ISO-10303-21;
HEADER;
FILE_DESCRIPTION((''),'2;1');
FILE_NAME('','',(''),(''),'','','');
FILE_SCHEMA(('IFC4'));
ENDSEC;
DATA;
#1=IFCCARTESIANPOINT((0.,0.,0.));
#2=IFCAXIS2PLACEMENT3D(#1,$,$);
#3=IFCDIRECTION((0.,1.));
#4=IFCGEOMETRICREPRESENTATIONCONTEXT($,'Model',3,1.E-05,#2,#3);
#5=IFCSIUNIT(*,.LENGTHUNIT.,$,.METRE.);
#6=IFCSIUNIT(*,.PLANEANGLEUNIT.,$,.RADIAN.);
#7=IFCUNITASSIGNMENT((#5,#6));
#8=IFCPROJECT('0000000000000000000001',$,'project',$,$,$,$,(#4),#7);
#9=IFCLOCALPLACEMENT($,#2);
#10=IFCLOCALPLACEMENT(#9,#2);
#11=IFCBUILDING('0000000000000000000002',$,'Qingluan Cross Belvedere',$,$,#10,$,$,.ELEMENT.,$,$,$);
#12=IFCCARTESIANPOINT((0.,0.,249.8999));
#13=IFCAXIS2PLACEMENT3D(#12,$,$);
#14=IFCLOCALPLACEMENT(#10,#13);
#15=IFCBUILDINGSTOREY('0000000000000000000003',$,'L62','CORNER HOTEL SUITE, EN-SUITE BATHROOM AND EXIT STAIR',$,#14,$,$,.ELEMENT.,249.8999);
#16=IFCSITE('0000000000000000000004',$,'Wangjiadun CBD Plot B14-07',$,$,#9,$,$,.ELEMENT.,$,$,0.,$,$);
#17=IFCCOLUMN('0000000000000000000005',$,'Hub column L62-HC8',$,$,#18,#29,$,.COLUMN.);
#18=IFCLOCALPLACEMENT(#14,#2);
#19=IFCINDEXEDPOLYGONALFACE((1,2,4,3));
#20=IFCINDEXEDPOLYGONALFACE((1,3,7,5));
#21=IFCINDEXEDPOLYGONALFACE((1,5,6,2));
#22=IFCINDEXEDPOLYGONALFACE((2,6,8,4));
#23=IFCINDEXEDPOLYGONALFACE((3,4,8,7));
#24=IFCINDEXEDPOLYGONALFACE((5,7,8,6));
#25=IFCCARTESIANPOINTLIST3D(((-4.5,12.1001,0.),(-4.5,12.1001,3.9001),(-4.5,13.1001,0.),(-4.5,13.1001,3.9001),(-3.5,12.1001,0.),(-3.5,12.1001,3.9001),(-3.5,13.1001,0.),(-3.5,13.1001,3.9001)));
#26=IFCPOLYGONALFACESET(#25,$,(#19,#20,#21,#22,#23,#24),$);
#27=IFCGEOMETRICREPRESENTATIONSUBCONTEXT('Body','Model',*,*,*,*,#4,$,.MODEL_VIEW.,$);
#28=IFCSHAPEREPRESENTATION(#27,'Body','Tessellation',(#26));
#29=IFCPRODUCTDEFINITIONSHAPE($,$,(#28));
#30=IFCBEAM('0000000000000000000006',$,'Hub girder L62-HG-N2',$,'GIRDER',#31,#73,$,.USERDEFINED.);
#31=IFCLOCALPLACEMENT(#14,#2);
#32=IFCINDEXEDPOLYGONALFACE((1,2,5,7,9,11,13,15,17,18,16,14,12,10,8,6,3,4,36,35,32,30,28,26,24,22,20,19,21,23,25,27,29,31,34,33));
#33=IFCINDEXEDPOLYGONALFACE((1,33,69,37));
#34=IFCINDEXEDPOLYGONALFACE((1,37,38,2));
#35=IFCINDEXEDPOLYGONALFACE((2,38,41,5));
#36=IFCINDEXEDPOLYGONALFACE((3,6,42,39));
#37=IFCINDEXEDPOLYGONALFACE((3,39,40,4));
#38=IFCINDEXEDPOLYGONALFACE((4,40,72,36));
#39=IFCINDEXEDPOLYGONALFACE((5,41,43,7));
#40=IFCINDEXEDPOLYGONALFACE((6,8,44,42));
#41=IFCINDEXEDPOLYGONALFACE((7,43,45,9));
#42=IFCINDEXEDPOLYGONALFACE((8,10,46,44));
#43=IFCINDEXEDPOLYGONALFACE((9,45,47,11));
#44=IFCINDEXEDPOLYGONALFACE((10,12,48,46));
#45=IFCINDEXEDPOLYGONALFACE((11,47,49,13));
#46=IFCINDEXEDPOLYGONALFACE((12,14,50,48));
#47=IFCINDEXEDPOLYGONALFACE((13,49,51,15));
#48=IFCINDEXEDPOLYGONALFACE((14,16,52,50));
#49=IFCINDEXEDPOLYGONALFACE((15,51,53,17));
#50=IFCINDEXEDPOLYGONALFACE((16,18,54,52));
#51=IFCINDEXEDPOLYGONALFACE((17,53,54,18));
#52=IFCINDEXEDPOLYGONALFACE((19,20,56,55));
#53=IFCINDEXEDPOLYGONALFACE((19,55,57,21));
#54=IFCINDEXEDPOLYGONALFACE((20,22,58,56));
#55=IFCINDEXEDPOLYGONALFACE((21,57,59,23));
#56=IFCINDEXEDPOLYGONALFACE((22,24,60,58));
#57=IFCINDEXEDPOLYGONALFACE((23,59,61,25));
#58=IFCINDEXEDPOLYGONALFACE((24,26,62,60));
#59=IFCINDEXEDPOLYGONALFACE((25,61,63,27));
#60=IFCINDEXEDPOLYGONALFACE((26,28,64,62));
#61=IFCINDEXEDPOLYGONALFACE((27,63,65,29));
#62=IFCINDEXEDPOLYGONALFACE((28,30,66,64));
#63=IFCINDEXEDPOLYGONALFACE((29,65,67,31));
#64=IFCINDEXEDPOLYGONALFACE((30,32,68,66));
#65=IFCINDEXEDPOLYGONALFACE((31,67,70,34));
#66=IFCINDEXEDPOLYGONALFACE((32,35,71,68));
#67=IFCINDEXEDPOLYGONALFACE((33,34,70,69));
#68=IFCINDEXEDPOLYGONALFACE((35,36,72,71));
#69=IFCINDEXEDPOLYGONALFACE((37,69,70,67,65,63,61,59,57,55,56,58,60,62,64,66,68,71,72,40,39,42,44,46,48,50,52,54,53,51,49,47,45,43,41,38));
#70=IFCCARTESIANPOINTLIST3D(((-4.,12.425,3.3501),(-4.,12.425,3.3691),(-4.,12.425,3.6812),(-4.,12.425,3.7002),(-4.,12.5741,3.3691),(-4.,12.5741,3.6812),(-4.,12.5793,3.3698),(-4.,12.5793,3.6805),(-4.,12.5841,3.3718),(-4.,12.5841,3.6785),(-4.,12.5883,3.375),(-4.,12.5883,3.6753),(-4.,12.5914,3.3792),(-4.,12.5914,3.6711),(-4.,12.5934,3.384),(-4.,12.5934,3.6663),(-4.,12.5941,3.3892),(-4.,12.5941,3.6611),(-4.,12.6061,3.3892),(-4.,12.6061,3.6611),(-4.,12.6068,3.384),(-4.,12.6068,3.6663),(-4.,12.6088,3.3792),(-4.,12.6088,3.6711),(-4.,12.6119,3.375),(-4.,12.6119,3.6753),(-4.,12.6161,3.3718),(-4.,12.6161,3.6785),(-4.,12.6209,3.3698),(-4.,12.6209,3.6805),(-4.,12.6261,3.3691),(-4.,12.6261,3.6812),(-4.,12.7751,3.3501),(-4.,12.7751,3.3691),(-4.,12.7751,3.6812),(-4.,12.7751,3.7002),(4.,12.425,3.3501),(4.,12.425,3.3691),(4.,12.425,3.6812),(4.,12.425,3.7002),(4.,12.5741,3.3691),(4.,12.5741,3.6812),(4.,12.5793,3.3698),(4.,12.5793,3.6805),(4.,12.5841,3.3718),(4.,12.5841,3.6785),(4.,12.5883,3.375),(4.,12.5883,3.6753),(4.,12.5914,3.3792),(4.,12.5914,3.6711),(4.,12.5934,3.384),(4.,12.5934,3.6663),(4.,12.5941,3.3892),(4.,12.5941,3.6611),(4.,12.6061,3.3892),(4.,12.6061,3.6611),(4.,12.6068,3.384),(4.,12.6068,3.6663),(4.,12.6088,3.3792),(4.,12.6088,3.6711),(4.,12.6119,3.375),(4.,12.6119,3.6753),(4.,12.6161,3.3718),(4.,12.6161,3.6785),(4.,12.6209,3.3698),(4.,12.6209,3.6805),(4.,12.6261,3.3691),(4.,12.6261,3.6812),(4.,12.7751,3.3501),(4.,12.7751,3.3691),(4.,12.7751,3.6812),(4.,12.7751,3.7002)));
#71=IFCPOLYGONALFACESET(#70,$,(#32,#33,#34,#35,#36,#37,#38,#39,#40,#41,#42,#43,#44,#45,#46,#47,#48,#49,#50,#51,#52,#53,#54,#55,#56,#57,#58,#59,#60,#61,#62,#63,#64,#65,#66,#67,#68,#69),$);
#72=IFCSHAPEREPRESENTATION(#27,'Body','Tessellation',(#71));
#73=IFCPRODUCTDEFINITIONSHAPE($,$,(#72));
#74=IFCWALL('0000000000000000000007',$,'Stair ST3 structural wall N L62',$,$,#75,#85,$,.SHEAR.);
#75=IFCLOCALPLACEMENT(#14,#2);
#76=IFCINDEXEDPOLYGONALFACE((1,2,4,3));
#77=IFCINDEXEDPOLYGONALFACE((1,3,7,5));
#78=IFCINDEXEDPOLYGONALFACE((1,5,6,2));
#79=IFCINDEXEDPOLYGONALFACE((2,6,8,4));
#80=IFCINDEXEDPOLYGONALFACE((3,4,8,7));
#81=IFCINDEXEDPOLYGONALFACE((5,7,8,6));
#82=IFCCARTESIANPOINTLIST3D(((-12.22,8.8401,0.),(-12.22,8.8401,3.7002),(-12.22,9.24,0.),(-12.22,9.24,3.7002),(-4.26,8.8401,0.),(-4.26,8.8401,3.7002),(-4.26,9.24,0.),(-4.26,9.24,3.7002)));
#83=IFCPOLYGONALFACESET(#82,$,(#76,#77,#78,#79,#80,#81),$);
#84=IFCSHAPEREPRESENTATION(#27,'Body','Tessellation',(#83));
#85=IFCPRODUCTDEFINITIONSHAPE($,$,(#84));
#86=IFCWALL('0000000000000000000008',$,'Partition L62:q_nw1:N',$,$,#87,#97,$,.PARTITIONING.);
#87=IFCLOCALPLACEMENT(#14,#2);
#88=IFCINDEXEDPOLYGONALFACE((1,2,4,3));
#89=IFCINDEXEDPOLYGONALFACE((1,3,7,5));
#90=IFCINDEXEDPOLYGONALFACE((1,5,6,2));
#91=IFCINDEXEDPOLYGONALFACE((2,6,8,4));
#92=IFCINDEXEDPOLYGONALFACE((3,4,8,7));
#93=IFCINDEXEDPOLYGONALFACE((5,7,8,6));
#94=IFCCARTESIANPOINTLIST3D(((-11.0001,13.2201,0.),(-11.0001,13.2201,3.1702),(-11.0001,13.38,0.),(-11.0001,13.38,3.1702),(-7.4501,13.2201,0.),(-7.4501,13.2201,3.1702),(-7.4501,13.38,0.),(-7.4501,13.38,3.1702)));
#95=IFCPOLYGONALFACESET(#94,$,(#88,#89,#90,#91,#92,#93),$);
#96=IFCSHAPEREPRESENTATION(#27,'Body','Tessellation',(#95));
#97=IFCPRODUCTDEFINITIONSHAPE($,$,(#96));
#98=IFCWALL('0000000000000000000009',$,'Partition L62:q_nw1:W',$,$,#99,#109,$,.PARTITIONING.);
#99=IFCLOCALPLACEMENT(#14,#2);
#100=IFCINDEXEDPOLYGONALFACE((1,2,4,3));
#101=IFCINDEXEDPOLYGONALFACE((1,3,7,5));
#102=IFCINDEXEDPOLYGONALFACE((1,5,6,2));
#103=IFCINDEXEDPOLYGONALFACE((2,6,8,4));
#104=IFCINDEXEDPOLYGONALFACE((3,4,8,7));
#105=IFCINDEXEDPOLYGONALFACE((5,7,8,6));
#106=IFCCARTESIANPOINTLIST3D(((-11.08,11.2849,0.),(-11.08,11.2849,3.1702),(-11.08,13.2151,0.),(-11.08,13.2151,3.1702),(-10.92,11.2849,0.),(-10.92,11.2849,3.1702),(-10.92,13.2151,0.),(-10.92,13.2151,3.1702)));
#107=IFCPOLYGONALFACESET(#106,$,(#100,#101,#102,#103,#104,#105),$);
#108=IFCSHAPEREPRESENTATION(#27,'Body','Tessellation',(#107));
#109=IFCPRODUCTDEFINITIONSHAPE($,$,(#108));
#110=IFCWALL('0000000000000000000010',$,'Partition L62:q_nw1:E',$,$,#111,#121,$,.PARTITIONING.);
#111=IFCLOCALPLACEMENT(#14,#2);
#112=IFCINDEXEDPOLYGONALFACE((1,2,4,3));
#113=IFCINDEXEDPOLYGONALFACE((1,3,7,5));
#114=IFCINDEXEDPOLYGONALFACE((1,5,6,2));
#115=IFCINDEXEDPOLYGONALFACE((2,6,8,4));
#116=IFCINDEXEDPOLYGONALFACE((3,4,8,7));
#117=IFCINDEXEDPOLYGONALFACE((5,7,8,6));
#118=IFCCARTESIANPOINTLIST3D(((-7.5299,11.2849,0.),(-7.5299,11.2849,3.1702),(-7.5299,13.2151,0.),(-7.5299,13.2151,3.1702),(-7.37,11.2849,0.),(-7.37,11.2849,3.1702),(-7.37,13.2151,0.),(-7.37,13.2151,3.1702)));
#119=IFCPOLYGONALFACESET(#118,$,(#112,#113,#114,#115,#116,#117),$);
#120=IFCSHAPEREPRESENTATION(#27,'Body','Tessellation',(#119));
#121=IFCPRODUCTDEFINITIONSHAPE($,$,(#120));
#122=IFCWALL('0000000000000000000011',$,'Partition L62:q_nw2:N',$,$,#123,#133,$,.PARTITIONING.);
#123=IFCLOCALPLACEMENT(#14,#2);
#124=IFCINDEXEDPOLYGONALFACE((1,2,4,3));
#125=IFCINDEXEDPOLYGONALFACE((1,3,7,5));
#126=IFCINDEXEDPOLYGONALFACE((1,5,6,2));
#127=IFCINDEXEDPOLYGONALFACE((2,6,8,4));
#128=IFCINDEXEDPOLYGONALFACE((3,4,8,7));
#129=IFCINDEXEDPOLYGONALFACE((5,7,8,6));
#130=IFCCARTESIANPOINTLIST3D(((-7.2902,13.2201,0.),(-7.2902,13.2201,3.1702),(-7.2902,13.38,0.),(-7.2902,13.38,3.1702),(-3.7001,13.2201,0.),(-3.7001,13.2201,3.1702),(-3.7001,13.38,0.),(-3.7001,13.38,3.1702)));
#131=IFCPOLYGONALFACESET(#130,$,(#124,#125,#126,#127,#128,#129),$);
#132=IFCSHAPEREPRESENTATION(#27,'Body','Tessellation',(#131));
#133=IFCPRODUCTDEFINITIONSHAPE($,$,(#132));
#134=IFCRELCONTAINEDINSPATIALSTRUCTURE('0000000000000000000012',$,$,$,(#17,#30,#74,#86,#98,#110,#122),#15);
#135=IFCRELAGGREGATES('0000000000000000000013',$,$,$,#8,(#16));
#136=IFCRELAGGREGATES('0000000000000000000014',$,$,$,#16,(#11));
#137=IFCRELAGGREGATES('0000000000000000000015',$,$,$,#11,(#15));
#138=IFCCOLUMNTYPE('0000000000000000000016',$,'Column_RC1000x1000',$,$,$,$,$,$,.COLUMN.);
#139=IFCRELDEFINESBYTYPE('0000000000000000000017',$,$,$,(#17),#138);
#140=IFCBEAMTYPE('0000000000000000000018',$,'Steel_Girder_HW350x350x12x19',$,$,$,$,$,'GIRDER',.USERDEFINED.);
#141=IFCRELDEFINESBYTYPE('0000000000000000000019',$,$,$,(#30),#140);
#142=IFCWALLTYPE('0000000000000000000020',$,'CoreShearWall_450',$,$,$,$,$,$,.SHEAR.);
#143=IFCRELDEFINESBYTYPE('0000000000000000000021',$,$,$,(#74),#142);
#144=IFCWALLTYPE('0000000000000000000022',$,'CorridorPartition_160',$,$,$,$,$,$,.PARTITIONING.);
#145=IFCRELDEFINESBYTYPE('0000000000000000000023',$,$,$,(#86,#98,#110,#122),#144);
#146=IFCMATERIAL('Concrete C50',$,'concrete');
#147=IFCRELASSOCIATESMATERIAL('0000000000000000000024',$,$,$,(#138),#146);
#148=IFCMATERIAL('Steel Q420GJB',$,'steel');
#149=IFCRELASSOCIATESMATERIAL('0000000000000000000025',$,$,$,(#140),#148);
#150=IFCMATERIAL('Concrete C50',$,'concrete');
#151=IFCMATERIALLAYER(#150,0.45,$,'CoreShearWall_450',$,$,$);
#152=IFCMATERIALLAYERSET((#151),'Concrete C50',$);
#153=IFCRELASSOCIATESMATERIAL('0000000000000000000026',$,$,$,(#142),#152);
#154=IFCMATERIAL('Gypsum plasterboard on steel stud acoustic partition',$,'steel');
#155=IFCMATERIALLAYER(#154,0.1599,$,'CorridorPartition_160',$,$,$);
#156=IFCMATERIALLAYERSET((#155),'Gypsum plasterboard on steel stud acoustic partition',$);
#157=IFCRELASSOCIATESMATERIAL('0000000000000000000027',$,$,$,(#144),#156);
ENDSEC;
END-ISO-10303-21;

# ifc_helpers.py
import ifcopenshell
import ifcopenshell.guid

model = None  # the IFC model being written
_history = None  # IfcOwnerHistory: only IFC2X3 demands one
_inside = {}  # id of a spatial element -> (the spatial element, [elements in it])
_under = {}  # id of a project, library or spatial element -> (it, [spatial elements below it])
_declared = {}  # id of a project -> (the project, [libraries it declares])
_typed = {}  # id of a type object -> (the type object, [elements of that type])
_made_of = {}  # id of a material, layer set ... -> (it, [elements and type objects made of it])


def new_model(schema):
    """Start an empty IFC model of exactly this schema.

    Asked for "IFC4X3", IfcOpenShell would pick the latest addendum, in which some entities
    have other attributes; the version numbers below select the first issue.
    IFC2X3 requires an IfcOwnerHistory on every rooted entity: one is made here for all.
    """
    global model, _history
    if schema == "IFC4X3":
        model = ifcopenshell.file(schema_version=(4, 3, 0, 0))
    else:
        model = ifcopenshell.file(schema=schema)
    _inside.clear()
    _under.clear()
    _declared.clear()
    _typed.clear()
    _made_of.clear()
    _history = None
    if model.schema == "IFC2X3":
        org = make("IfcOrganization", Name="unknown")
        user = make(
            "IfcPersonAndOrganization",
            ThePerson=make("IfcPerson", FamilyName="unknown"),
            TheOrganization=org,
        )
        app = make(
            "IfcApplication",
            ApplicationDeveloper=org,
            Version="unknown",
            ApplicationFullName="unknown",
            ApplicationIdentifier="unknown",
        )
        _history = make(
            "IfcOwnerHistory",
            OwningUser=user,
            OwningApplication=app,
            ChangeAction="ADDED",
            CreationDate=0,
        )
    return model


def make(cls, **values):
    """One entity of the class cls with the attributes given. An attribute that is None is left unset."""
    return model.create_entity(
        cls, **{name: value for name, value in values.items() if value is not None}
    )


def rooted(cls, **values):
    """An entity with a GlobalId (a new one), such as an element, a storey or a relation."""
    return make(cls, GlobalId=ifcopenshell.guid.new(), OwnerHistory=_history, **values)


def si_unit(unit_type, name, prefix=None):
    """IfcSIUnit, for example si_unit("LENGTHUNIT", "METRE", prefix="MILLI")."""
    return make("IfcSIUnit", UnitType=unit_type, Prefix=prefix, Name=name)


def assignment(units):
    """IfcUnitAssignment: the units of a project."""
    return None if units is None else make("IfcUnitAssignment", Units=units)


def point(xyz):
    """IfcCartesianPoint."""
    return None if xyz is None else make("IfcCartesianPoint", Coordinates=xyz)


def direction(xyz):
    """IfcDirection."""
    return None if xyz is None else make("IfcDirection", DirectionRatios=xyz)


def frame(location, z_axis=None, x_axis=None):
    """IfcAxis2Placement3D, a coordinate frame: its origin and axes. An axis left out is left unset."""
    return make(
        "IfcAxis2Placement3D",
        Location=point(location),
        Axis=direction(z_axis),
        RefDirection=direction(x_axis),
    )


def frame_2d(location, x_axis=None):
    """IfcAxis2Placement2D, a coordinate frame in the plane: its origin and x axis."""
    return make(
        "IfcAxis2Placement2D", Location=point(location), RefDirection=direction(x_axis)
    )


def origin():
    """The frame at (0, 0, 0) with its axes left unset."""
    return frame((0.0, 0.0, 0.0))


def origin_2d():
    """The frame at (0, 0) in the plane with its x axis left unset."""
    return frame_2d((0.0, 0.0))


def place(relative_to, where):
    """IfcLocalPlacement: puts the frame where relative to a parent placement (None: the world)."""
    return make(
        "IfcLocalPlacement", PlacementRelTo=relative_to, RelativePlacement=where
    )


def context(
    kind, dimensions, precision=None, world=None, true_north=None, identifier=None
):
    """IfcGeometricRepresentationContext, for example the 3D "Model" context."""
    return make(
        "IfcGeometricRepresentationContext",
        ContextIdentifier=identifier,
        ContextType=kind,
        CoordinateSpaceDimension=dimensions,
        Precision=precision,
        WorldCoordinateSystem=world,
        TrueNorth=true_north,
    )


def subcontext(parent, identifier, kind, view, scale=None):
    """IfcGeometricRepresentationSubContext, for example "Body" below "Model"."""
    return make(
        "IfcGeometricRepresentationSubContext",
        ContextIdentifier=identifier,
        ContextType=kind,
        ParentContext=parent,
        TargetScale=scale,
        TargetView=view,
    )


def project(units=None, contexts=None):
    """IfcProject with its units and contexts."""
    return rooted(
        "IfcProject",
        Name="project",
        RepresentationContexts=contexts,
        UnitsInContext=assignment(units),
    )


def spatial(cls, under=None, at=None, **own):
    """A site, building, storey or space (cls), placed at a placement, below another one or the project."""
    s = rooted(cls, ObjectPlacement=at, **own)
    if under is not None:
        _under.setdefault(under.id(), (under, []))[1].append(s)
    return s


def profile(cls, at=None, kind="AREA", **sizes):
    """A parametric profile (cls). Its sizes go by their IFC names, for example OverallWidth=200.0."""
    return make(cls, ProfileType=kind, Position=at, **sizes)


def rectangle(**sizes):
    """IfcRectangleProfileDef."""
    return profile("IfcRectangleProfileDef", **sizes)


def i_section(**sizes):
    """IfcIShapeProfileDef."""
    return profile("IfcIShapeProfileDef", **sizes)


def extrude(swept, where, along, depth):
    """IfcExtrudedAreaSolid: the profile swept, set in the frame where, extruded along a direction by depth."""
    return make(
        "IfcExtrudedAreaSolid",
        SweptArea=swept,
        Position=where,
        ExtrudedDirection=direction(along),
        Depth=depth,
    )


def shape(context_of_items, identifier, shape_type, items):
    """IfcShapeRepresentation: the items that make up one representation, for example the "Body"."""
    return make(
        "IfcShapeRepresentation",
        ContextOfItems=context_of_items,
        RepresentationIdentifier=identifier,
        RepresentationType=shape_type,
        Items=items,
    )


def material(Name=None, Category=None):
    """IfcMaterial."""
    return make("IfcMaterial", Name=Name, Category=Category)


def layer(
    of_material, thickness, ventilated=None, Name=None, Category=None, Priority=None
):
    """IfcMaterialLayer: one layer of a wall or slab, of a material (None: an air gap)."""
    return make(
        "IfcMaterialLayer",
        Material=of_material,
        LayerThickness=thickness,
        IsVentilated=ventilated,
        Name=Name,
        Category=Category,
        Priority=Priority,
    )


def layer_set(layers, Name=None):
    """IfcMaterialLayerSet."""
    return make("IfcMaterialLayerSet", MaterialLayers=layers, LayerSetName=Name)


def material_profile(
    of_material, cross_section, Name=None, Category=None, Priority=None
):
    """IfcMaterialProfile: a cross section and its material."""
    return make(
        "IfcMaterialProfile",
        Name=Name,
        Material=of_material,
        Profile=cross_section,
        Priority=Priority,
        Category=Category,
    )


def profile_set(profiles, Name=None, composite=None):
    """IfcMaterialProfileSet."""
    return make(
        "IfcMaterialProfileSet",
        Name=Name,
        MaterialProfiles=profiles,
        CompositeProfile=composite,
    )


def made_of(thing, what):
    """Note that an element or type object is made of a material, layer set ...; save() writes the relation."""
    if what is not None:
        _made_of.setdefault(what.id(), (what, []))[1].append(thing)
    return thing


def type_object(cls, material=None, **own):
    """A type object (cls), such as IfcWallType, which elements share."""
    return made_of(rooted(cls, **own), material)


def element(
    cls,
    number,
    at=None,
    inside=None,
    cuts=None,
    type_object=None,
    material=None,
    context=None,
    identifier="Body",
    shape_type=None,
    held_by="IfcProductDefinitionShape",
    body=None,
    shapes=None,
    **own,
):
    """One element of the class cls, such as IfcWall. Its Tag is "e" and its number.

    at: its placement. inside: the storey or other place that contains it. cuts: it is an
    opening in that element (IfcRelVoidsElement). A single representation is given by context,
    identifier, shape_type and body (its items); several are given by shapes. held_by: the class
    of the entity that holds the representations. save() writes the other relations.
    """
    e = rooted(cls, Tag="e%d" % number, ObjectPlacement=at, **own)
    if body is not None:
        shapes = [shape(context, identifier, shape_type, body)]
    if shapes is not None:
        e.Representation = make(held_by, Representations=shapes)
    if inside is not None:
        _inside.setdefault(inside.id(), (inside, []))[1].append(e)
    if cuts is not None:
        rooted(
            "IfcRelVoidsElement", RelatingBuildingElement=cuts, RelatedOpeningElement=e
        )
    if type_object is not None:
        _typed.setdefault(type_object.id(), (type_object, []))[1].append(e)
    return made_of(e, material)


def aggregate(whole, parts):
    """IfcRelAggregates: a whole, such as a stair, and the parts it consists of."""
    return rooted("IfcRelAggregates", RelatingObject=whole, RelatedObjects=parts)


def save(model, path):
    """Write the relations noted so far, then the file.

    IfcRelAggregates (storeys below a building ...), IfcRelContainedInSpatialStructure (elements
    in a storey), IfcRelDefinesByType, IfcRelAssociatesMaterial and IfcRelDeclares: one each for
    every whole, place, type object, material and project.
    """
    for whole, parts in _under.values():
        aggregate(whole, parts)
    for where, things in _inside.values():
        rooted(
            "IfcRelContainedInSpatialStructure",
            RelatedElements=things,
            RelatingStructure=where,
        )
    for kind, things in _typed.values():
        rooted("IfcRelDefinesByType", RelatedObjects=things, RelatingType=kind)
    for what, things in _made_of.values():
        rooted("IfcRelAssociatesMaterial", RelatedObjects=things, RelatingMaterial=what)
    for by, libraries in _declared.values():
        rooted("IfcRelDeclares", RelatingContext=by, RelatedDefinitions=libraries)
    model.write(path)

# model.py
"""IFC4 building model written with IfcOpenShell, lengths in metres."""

from ifc_helpers import new_model, si_unit, direction, frame, frame_2d, origin, origin_2d, place, context, subcontext, project, spatial, rectangle, i_section, extrude, material, layer, layer_set, material_profile, profile_set, type_object, element, save


model = new_model("IFC4")

# Units and contexts
model_context = context("Model", 3, precision=1e-05, world=origin(), true_north=direction((0.0, 1.0)))
body_context = subcontext(model_context, "Body", "Model", "MODEL_VIEW")
ifc_project = project(units=[si_unit("LENGTHUNIT", "METRE"), si_unit("PLANEANGLEUNIT", "RADIAN")], contexts=[model_context])

# Site, building, storey
site_placement = place(None, origin())
site = spatial("IfcSite", under=ifc_project, at=site_placement, Name="Wangjiadun CBD Plot B14-07", CompositionType="ELEMENT", RefElevation=0.0)
building_placement = place(site_placement, origin())
building = spatial("IfcBuilding", under=site, at=building_placement, Name="Qingluan Cross Belvedere", CompositionType="ELEMENT")
storey_placement = place(building_placement, frame((0.0, 0.0, 249.8999)))
storey = spatial("IfcBuildingStorey", under=building, at=storey_placement, Name="L62", Description="CORNER HOTEL SUITE, EN-SUITE BATHROOM AND EXIT STAIR", CompositionType="ELEMENT", Elevation=249.8999)

# Column
ifc_material_1 = material(Name="Concrete C50", Category="concrete")
ifc_material_profile_1 = material_profile(ifc_material_1, rectangle(XDim=1.0, YDim=1.0, at=origin_2d()), Name="RC1000x1000")
ifc_profile_set_1 = profile_set([ifc_material_profile_1], Name="Concrete C50")
column_type = type_object("IfcColumnType", Name="Column_RC1000x1000", PredefinedType="COLUMN", material=ifc_profile_set_1)
column_placement = place(storey_placement, frame((-4.0, 12.6001, 0.0), z_axis=(0.0, 0.0, 1.0), x_axis=(1.0, 0.0, 0.0)))
element("IfcColumn", 1, at=column_placement, inside=storey, type_object=column_type, Name="Hub column L62-HC8", PredefinedType="COLUMN", context=body_context, shape_type="SweptSolid", body=[
    extrude(rectangle(XDim=1.0, YDim=1.0, at=origin_2d()), origin(), (0.0, 0.0, 1.0), 3.9001),
])

# Beam
ifc_material_2 = material(Name="Steel Q420GJB", Category="steel")
ifc_material_profile_2 = material_profile(ifc_material_2, i_section(OverallWidth=0.3501, OverallDepth=0.3501, WebThickness=0.012, FlangeThickness=0.019, FilletRadius=0.02, at=origin_2d()), Name="HW350x350x12x19")
ifc_profile_set_2 = profile_set([ifc_material_profile_2], Name="Steel Q420GJB")
beam_type = type_object("IfcBeamType", Name="Steel_Girder_HW350x350x12x19", ElementType="GIRDER", PredefinedType="USERDEFINED", material=ifc_profile_set_2)
beam_placement = place(storey_placement, frame((-4.0, 12.6001, 3.5251), z_axis=(1.0, 0.0, 0.0), x_axis=(0.0, 1.0, 0.0)))
element("IfcBeam", 2, at=beam_placement, inside=storey, type_object=beam_type, Name="Hub girder L62-HG-N2", ObjectType="GIRDER", PredefinedType="USERDEFINED", context=body_context, shape_type="SweptSolid", body=[
    extrude(i_section(OverallWidth=0.3501, OverallDepth=0.3501, WebThickness=0.012, FlangeThickness=0.019, FilletRadius=0.02, at=origin_2d()), origin(), (0.0, 0.0, 1.0), 8.0),
])

# Wall
ifc_material_3 = material(Name="Concrete C50", Category="concrete")
ifc_layer_1 = layer(ifc_material_3, 0.45, Name="CoreShearWall_450")
ifc_layer_set_1 = layer_set([ifc_layer_1], Name="Concrete C50")
wall_type_1 = type_object("IfcWallType", Name="CoreShearWall_450", PredefinedType="SHEAR", material=ifc_layer_set_1)
wall_1_placement = place(storey_placement, frame((-12.22, 9.04, 0.0), z_axis=(0.0, 0.0, 1.0), x_axis=(1.0, 0.0, 0.0)))
element("IfcWall", 3, at=wall_1_placement, inside=storey, type_object=wall_type_1, Name="Stair ST3 structural wall N L62", PredefinedType="SHEAR", context=body_context, shape_type="SweptSolid", body=[
    extrude(rectangle(XDim=7.96, YDim=0.3999, at=frame_2d((3.98, 0.0))), origin(), (0.0, 0.0, 1.0), 3.7002),
])

# Shared definitions
ifc_material_4 = material(Name="Gypsum plasterboard on steel stud acoustic partition", Category="steel")
ifc_layer_2 = layer(ifc_material_4, 0.1599, Name="CorridorPartition_160")
ifc_layer_set_2 = layer_set([ifc_layer_2], Name="Gypsum plasterboard on steel stud acoustic partition")
wall_type_2 = type_object("IfcWallType", Name="CorridorPartition_160", PredefinedType="PARTITIONING", material=ifc_layer_set_2)

# Walls
wall_2_placement = place(storey_placement, frame((-11.0, 13.3, 0.0), z_axis=(0.0, 0.0, 1.0), x_axis=(1.0, 0.0, 0.0)))
element("IfcWall", 4, at=wall_2_placement, inside=storey, type_object=wall_type_2, Name="Partition L62:q_nw1:N", PredefinedType="PARTITIONING", context=body_context, shape_type="SweptSolid", body=[
    extrude(rectangle(XDim=3.55, YDim=0.1599, at=frame_2d((1.7749, 0.0))), origin(), (0.0, 0.0, 1.0), 3.1702),
])
for number, where, z_axis, x_axis, name in (
    (5, (-11.0, 11.2849, 0.0), (0.0, 0.0, 1.0), (0.0, 1.0, 0.0), "Partition L62:q_nw1:W"),
    (6, (-7.45, 11.2849, 0.0), (0.0, 0.0, 1.0), (0.0, 1.0, 0.0), "Partition L62:q_nw1:E"),
):
    element("IfcWall", number, at=place(storey_placement, frame(where, z_axis=z_axis, x_axis=x_axis)), inside=storey, type_object=wall_type_2, Name=name, PredefinedType="PARTITIONING", context=body_context, shape_type="SweptSolid", body=[
        extrude(rectangle(XDim=1.9302, YDim=0.1599, at=frame_2d((0.9651, 0.0))), origin(), (0.0, 0.0, 1.0), 3.1702),
    ])

# Wall
wall_3_placement = place(storey_placement, frame((-7.29, 13.3, 0.0), z_axis=(0.0, 0.0, 1.0), x_axis=(1.0, 0.0, 0.0)))
element("IfcWall", 7, at=wall_3_placement, inside=storey, type_object=wall_type_2, Name="Partition L62:q_nw2:N", PredefinedType="PARTITIONING", context=body_context, shape_type="SweptSolid", body=[
    extrude(rectangle(XDim=3.5901, YDim=0.1599, at=frame_2d((1.7949, 0.0))), origin(), (0.0, 0.0, 1.0), 3.1702),
])

save(model, "model.ifc")
